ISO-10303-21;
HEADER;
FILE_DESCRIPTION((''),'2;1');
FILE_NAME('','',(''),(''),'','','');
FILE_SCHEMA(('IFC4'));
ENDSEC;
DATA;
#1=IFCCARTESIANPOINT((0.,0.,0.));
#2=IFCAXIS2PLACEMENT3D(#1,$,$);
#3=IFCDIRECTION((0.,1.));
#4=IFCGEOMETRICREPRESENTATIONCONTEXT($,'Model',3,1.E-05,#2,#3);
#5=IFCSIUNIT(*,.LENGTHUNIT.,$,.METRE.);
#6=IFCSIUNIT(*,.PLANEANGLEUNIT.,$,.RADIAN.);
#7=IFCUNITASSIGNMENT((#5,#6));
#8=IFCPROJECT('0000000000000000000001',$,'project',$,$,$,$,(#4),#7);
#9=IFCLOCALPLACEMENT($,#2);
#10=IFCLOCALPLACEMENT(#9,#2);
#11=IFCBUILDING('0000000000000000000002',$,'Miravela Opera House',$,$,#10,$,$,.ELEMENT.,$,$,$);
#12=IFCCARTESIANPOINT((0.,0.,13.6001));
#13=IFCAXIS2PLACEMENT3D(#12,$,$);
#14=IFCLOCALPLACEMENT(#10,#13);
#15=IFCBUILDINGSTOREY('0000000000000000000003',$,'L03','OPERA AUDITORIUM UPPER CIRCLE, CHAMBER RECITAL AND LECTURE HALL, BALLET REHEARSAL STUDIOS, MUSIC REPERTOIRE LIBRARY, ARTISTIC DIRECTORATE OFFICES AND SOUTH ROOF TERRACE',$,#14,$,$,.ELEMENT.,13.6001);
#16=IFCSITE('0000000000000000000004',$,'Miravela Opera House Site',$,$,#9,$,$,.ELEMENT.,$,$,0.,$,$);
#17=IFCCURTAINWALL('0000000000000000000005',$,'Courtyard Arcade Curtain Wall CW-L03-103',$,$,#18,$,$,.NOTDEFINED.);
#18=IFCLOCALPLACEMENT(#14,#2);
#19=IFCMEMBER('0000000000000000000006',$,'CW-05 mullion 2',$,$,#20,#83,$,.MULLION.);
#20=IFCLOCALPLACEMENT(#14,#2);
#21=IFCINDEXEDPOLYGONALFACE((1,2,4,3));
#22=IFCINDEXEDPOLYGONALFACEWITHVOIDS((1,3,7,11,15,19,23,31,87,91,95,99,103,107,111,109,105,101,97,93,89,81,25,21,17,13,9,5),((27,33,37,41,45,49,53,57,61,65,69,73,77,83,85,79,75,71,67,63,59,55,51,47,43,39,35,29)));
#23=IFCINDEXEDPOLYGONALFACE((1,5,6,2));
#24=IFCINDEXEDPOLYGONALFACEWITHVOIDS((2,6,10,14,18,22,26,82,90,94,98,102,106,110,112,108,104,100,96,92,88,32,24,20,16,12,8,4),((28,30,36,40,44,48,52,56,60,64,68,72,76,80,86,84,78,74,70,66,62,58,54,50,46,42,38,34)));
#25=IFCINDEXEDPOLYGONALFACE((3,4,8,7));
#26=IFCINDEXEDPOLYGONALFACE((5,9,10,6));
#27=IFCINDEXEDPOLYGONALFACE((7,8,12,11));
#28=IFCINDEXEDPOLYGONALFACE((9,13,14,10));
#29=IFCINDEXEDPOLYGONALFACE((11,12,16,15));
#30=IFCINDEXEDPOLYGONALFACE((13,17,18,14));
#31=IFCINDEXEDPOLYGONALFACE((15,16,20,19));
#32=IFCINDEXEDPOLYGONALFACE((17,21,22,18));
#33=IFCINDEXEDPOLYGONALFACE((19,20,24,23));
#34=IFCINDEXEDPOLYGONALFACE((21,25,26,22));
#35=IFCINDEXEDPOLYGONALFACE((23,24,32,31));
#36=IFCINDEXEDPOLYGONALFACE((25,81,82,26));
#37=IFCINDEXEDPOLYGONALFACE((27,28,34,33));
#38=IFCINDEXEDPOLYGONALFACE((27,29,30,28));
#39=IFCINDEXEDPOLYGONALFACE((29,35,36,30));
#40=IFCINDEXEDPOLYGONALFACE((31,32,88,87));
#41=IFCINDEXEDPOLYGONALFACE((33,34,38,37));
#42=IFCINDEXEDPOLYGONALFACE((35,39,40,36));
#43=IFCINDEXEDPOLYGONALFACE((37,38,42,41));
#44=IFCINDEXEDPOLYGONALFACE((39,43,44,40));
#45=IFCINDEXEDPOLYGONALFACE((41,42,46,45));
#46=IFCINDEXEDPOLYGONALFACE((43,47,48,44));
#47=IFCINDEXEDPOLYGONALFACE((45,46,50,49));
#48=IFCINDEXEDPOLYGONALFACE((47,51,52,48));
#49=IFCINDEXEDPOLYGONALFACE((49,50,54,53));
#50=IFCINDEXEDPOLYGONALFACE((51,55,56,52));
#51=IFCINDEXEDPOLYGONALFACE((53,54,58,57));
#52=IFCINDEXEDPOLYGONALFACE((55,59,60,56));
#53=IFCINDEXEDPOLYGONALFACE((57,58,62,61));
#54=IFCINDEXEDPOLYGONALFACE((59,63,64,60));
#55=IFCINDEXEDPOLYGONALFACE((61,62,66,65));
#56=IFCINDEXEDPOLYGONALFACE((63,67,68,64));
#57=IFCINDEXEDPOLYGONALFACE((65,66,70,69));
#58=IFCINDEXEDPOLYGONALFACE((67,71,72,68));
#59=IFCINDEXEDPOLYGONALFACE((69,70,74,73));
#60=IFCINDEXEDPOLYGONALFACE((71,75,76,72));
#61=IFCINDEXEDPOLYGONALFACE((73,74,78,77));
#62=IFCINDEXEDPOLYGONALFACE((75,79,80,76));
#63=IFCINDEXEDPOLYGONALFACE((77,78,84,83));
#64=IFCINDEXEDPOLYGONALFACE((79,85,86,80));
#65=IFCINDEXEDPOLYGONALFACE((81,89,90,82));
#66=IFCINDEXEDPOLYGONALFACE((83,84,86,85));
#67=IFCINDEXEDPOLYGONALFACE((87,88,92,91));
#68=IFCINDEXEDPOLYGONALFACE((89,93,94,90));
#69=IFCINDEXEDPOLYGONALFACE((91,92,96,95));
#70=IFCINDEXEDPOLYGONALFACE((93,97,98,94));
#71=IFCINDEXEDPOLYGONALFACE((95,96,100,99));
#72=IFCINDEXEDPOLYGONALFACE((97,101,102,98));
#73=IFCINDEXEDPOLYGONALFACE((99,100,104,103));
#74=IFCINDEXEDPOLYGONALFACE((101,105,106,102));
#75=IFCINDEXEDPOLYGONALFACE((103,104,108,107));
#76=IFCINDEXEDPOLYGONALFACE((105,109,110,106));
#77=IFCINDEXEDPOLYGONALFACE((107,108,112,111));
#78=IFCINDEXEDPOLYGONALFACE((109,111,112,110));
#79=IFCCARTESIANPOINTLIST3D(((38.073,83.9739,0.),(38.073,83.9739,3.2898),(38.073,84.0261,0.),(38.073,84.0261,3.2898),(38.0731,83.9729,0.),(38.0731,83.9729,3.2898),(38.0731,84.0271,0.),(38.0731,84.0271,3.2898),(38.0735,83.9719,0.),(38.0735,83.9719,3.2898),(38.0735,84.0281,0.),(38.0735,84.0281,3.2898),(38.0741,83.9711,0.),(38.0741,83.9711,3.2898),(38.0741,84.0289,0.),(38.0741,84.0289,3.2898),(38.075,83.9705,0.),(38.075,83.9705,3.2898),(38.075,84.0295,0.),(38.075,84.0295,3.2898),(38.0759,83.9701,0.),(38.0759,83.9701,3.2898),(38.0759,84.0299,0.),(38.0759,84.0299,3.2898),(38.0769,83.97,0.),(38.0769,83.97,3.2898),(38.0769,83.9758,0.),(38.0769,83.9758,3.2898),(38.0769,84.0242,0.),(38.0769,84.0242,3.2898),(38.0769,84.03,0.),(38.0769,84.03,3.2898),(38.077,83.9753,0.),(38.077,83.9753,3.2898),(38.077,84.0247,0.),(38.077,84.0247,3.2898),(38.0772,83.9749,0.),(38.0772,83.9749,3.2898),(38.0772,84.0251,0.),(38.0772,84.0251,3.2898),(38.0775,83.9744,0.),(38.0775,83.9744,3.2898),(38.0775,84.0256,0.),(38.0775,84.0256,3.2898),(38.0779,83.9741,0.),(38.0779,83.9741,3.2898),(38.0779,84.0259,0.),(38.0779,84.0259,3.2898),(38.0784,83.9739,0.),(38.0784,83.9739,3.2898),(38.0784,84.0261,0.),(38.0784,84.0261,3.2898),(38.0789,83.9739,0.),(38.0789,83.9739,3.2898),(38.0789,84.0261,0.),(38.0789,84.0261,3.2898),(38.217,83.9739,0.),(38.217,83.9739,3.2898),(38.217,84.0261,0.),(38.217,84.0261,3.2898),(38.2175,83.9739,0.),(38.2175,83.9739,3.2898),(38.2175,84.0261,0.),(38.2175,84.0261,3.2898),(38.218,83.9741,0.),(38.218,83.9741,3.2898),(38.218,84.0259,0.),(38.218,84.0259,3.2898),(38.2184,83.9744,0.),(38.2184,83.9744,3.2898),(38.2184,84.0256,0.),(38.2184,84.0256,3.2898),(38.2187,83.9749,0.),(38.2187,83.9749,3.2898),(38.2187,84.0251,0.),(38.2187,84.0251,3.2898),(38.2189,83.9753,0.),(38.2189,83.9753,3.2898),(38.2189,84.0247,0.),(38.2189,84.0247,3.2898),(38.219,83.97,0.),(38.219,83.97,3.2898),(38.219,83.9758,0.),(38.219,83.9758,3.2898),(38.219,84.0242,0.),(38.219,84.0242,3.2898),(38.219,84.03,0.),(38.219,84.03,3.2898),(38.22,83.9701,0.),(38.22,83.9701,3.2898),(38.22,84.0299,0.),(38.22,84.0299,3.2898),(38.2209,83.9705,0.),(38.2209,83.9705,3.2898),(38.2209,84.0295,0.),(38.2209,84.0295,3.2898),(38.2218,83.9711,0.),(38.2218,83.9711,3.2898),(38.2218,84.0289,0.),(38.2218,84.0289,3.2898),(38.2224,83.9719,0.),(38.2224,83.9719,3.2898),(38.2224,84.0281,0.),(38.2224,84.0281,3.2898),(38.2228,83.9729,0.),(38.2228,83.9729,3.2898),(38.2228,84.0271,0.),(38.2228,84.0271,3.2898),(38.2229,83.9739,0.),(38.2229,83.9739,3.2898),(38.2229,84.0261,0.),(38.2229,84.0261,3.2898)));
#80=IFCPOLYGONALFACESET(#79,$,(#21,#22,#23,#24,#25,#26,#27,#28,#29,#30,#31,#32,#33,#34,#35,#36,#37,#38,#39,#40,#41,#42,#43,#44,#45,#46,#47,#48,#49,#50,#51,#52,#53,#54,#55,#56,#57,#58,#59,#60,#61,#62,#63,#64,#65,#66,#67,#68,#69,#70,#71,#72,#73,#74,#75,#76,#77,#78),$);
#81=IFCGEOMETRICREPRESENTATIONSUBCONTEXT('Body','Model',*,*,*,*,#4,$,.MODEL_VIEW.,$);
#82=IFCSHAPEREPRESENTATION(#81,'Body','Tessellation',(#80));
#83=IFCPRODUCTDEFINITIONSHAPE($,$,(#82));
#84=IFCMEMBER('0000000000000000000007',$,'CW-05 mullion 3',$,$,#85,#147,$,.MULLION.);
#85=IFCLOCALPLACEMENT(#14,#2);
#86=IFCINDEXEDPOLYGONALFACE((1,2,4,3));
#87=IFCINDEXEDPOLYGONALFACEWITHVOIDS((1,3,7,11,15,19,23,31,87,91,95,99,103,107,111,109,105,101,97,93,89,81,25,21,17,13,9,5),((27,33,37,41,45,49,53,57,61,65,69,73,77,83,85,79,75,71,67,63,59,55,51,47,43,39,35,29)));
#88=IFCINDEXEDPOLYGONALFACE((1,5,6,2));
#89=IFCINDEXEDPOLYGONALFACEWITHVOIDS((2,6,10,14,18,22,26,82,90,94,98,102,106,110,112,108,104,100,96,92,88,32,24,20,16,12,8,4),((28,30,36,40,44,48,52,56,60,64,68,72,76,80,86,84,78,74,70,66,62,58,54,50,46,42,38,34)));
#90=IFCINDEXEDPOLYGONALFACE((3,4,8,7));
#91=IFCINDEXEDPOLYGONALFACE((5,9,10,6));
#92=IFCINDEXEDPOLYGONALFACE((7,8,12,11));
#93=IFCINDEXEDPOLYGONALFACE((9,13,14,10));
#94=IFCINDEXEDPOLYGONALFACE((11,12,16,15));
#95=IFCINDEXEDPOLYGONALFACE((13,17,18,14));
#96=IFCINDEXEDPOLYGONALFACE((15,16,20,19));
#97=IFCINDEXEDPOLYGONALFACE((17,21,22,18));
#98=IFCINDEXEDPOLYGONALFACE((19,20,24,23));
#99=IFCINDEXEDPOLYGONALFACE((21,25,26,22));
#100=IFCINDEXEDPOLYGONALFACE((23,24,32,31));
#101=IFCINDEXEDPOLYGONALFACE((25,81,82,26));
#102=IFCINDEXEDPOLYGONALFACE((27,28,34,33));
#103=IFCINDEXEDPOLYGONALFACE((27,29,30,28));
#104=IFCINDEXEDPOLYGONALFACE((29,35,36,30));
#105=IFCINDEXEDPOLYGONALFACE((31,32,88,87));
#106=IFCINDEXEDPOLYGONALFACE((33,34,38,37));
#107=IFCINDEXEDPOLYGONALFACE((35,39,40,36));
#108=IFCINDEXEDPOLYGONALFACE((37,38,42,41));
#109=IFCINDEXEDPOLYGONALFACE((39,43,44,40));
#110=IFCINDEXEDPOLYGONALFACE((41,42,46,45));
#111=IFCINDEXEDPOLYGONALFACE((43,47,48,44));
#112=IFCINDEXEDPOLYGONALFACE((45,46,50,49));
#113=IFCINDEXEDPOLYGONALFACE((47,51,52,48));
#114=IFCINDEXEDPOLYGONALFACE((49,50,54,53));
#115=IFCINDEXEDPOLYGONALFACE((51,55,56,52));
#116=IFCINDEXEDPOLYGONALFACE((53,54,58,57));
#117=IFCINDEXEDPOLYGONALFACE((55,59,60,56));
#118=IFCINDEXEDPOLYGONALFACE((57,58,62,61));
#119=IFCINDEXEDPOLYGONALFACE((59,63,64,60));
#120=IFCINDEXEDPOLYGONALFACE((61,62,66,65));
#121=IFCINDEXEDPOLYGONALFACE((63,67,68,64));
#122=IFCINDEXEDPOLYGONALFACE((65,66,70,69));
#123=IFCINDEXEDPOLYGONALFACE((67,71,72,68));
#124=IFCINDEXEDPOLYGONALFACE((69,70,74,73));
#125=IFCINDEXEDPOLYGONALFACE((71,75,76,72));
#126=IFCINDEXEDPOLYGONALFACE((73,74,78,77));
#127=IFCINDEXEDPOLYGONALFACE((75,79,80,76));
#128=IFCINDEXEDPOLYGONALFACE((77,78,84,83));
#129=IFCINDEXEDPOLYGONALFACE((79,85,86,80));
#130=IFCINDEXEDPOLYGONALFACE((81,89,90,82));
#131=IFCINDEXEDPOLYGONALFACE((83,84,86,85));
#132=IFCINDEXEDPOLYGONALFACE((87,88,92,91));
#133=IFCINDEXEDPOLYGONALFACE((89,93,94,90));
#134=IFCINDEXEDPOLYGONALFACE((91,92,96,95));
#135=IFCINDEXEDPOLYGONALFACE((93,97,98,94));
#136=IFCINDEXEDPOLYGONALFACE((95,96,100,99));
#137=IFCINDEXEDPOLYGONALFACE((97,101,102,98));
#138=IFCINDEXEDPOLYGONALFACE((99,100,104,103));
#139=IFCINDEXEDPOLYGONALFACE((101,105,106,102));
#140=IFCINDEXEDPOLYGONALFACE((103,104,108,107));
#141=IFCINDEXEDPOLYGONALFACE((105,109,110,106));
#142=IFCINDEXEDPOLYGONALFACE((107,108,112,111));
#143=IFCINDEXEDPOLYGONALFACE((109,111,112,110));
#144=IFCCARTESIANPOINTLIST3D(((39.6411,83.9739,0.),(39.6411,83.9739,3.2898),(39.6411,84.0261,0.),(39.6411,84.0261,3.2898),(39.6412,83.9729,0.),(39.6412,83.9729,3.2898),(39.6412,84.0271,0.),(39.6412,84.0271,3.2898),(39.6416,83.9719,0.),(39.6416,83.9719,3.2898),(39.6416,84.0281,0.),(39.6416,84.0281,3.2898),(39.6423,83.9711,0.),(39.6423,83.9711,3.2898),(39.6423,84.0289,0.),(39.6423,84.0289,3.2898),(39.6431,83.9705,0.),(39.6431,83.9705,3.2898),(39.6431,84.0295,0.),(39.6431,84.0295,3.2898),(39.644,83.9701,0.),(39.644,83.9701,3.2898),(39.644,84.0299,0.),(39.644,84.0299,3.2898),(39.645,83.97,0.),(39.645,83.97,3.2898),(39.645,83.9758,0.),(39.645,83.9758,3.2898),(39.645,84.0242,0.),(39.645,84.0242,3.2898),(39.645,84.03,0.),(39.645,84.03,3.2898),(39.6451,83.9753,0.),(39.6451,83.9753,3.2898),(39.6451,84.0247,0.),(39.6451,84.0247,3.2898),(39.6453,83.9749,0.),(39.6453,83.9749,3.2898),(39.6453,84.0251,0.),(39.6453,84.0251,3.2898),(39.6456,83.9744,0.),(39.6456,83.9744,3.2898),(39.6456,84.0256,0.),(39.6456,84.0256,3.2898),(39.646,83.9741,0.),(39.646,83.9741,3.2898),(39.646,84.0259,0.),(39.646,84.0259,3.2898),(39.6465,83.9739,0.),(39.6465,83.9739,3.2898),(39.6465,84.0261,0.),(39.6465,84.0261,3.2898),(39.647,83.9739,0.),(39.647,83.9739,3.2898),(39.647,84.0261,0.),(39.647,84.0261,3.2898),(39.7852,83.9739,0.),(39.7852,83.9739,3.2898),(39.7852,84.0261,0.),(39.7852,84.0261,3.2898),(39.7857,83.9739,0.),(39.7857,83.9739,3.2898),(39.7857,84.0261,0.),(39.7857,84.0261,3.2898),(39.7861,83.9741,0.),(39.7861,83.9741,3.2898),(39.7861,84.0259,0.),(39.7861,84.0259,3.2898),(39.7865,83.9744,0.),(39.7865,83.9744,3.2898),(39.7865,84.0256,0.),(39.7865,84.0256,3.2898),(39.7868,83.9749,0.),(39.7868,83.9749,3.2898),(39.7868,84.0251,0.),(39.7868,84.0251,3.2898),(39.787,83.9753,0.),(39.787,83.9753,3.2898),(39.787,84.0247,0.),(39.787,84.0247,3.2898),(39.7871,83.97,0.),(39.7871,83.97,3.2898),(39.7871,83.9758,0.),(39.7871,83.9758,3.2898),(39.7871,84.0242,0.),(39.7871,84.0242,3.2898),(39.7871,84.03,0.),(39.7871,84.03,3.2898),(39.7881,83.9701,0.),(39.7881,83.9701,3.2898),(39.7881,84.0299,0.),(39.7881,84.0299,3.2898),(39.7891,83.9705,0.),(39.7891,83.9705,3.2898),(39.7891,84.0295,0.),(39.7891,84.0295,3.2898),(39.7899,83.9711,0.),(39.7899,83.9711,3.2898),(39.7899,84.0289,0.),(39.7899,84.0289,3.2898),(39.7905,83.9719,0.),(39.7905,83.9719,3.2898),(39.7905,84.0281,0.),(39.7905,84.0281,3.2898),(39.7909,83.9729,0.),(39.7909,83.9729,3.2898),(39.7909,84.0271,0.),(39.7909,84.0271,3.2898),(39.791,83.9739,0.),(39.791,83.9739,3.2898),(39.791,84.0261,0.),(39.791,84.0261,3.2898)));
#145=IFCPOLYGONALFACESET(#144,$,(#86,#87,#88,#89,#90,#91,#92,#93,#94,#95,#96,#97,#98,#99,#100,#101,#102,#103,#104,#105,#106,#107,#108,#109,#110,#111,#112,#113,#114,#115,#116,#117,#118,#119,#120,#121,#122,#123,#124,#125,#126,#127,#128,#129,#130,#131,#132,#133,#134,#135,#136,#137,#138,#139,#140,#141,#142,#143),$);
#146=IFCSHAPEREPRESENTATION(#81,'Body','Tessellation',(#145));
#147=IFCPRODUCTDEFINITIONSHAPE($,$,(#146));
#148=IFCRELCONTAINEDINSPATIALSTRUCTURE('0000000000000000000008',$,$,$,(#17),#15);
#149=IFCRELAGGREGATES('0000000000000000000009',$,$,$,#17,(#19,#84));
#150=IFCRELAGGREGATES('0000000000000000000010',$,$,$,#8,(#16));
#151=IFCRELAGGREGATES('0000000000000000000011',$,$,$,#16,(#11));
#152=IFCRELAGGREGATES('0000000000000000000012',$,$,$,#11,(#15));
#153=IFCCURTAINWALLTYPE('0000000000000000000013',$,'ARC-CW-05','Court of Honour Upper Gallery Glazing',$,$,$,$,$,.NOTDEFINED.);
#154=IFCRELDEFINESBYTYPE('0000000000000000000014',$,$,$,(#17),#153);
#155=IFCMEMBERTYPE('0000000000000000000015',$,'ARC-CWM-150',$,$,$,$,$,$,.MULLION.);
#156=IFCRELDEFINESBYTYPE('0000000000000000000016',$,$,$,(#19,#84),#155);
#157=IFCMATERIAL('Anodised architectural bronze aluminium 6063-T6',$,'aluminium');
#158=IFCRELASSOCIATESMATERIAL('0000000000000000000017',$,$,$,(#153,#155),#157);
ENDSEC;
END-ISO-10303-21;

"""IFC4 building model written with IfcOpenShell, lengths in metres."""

from ifc_helpers import new_model, si_unit, direction, frame, origin, origin_2d, place, context, subcontext, project, spatial, hollow_rectangle, extrude, material, material_profile, profile_set, type_object, element, aggregate, save


model = new_model("IFC4")

# Units and contexts
model_context = context("Model", 3, precision=1e-05, world=origin(), true_north=direction((0.0, 1.0)))
body_context = subcontext(model_context, "Body", "Model", "MODEL_VIEW")
ifc_project = project(units=[si_unit("LENGTHUNIT", "METRE"), si_unit("PLANEANGLEUNIT", "RADIAN")], contexts=[model_context])

# Site, building, storey
site_placement = place(None, origin())
site = spatial("IfcSite", under=ifc_project, at=site_placement, Name="Miravela Opera House Site", CompositionType="ELEMENT", RefElevation=0.0)
building_placement = place(site_placement, origin())
building = spatial("IfcBuilding", under=site, at=building_placement, Name="Miravela Opera House", CompositionType="ELEMENT")
storey_placement = place(building_placement, frame((0.0, 0.0, 13.6001)))
storey = spatial("IfcBuildingStorey", under=building, at=storey_placement, Name="L03", Description="OPERA AUDITORIUM UPPER CIRCLE, CHAMBER RECITAL AND LECTURE HALL, BALLET REHEARSAL STUDIOS, MUSIC REPERTOIRE LIBRARY, ARTISTIC DIRECTORATE OFFICES AND SOUTH ROOF TERRACE", CompositionType="ELEMENT", Elevation=13.6001)

# Curtain wall, members
ifc_material_1 = material(Name="Anodised architectural bronze aluminium 6063-T6", Category="aluminium")
curtain_wall_type = type_object("IfcCurtainWallType", Name="ARC-CW-05", Description="Court of Honour Upper Gallery Glazing", PredefinedType="NOTDEFINED", material=ifc_material_1)
curtain_wall_placement = place(storey_placement, origin())
curtain_wall = element("IfcCurtainWall", 1, at=curtain_wall_placement, inside=storey, type_object=curtain_wall_type, Name="Courtyard Arcade Curtain Wall CW-L03-103", PredefinedType="NOTDEFINED")
ifc_material_profile_1 = material_profile(ifc_material_1, hollow_rectangle(XDim=0.0601, YDim=0.1499, WallThickness=0.0039, InnerFilletRadius=0.002, OuterFilletRadius=0.0039, at=origin_2d()), Name="CWM-60X150")
ifc_profile_set_1 = profile_set([ifc_material_profile_1])
member_type_1 = type_object("IfcMemberType", Name="ARC-CWM-150", PredefinedType="MULLION", material=ifc_profile_set_1)
member_1_placement = place(storey_placement, frame((38.1479, 84.0, 0.0), z_axis=(0.0, 0.0, 1.0), x_axis=(0.0, 1.0, 0.0)))
member_1 = element("IfcMember", 2, at=member_1_placement, type_object=member_type_1, Name="CW-05 mullion 2", PredefinedType="MULLION", context=body_context, shape_type="SweptSolid", body=[
    extrude(hollow_rectangle(XDim=0.0601, YDim=0.1499, WallThickness=0.0039, InnerFilletRadius=0.002, OuterFilletRadius=0.0039, at=origin_2d()), origin(), (0.0, 0.0, 1.0), 3.2898),
])
member_2_placement = place(storey_placement, frame((39.7161, 84.0, 0.0), z_axis=(0.0, 0.0, 1.0), x_axis=(0.0, 1.0, 0.0)))
member_2 = element("IfcMember", 3, at=member_2_placement, type_object=member_type_1, Name="CW-05 mullion 3", PredefinedType="MULLION", context=body_context, shape_type="SweptSolid", body=[
    extrude(hollow_rectangle(XDim=0.0601, YDim=0.1499, WallThickness=0.0039, InnerFilletRadius=0.002, OuterFilletRadius=0.0039, at=origin_2d()), origin(), (0.0, 0.0, 1.0), 3.2898),
])
aggregate(curtain_wall, [member_1, member_2])

save(model, "model.ifc")
